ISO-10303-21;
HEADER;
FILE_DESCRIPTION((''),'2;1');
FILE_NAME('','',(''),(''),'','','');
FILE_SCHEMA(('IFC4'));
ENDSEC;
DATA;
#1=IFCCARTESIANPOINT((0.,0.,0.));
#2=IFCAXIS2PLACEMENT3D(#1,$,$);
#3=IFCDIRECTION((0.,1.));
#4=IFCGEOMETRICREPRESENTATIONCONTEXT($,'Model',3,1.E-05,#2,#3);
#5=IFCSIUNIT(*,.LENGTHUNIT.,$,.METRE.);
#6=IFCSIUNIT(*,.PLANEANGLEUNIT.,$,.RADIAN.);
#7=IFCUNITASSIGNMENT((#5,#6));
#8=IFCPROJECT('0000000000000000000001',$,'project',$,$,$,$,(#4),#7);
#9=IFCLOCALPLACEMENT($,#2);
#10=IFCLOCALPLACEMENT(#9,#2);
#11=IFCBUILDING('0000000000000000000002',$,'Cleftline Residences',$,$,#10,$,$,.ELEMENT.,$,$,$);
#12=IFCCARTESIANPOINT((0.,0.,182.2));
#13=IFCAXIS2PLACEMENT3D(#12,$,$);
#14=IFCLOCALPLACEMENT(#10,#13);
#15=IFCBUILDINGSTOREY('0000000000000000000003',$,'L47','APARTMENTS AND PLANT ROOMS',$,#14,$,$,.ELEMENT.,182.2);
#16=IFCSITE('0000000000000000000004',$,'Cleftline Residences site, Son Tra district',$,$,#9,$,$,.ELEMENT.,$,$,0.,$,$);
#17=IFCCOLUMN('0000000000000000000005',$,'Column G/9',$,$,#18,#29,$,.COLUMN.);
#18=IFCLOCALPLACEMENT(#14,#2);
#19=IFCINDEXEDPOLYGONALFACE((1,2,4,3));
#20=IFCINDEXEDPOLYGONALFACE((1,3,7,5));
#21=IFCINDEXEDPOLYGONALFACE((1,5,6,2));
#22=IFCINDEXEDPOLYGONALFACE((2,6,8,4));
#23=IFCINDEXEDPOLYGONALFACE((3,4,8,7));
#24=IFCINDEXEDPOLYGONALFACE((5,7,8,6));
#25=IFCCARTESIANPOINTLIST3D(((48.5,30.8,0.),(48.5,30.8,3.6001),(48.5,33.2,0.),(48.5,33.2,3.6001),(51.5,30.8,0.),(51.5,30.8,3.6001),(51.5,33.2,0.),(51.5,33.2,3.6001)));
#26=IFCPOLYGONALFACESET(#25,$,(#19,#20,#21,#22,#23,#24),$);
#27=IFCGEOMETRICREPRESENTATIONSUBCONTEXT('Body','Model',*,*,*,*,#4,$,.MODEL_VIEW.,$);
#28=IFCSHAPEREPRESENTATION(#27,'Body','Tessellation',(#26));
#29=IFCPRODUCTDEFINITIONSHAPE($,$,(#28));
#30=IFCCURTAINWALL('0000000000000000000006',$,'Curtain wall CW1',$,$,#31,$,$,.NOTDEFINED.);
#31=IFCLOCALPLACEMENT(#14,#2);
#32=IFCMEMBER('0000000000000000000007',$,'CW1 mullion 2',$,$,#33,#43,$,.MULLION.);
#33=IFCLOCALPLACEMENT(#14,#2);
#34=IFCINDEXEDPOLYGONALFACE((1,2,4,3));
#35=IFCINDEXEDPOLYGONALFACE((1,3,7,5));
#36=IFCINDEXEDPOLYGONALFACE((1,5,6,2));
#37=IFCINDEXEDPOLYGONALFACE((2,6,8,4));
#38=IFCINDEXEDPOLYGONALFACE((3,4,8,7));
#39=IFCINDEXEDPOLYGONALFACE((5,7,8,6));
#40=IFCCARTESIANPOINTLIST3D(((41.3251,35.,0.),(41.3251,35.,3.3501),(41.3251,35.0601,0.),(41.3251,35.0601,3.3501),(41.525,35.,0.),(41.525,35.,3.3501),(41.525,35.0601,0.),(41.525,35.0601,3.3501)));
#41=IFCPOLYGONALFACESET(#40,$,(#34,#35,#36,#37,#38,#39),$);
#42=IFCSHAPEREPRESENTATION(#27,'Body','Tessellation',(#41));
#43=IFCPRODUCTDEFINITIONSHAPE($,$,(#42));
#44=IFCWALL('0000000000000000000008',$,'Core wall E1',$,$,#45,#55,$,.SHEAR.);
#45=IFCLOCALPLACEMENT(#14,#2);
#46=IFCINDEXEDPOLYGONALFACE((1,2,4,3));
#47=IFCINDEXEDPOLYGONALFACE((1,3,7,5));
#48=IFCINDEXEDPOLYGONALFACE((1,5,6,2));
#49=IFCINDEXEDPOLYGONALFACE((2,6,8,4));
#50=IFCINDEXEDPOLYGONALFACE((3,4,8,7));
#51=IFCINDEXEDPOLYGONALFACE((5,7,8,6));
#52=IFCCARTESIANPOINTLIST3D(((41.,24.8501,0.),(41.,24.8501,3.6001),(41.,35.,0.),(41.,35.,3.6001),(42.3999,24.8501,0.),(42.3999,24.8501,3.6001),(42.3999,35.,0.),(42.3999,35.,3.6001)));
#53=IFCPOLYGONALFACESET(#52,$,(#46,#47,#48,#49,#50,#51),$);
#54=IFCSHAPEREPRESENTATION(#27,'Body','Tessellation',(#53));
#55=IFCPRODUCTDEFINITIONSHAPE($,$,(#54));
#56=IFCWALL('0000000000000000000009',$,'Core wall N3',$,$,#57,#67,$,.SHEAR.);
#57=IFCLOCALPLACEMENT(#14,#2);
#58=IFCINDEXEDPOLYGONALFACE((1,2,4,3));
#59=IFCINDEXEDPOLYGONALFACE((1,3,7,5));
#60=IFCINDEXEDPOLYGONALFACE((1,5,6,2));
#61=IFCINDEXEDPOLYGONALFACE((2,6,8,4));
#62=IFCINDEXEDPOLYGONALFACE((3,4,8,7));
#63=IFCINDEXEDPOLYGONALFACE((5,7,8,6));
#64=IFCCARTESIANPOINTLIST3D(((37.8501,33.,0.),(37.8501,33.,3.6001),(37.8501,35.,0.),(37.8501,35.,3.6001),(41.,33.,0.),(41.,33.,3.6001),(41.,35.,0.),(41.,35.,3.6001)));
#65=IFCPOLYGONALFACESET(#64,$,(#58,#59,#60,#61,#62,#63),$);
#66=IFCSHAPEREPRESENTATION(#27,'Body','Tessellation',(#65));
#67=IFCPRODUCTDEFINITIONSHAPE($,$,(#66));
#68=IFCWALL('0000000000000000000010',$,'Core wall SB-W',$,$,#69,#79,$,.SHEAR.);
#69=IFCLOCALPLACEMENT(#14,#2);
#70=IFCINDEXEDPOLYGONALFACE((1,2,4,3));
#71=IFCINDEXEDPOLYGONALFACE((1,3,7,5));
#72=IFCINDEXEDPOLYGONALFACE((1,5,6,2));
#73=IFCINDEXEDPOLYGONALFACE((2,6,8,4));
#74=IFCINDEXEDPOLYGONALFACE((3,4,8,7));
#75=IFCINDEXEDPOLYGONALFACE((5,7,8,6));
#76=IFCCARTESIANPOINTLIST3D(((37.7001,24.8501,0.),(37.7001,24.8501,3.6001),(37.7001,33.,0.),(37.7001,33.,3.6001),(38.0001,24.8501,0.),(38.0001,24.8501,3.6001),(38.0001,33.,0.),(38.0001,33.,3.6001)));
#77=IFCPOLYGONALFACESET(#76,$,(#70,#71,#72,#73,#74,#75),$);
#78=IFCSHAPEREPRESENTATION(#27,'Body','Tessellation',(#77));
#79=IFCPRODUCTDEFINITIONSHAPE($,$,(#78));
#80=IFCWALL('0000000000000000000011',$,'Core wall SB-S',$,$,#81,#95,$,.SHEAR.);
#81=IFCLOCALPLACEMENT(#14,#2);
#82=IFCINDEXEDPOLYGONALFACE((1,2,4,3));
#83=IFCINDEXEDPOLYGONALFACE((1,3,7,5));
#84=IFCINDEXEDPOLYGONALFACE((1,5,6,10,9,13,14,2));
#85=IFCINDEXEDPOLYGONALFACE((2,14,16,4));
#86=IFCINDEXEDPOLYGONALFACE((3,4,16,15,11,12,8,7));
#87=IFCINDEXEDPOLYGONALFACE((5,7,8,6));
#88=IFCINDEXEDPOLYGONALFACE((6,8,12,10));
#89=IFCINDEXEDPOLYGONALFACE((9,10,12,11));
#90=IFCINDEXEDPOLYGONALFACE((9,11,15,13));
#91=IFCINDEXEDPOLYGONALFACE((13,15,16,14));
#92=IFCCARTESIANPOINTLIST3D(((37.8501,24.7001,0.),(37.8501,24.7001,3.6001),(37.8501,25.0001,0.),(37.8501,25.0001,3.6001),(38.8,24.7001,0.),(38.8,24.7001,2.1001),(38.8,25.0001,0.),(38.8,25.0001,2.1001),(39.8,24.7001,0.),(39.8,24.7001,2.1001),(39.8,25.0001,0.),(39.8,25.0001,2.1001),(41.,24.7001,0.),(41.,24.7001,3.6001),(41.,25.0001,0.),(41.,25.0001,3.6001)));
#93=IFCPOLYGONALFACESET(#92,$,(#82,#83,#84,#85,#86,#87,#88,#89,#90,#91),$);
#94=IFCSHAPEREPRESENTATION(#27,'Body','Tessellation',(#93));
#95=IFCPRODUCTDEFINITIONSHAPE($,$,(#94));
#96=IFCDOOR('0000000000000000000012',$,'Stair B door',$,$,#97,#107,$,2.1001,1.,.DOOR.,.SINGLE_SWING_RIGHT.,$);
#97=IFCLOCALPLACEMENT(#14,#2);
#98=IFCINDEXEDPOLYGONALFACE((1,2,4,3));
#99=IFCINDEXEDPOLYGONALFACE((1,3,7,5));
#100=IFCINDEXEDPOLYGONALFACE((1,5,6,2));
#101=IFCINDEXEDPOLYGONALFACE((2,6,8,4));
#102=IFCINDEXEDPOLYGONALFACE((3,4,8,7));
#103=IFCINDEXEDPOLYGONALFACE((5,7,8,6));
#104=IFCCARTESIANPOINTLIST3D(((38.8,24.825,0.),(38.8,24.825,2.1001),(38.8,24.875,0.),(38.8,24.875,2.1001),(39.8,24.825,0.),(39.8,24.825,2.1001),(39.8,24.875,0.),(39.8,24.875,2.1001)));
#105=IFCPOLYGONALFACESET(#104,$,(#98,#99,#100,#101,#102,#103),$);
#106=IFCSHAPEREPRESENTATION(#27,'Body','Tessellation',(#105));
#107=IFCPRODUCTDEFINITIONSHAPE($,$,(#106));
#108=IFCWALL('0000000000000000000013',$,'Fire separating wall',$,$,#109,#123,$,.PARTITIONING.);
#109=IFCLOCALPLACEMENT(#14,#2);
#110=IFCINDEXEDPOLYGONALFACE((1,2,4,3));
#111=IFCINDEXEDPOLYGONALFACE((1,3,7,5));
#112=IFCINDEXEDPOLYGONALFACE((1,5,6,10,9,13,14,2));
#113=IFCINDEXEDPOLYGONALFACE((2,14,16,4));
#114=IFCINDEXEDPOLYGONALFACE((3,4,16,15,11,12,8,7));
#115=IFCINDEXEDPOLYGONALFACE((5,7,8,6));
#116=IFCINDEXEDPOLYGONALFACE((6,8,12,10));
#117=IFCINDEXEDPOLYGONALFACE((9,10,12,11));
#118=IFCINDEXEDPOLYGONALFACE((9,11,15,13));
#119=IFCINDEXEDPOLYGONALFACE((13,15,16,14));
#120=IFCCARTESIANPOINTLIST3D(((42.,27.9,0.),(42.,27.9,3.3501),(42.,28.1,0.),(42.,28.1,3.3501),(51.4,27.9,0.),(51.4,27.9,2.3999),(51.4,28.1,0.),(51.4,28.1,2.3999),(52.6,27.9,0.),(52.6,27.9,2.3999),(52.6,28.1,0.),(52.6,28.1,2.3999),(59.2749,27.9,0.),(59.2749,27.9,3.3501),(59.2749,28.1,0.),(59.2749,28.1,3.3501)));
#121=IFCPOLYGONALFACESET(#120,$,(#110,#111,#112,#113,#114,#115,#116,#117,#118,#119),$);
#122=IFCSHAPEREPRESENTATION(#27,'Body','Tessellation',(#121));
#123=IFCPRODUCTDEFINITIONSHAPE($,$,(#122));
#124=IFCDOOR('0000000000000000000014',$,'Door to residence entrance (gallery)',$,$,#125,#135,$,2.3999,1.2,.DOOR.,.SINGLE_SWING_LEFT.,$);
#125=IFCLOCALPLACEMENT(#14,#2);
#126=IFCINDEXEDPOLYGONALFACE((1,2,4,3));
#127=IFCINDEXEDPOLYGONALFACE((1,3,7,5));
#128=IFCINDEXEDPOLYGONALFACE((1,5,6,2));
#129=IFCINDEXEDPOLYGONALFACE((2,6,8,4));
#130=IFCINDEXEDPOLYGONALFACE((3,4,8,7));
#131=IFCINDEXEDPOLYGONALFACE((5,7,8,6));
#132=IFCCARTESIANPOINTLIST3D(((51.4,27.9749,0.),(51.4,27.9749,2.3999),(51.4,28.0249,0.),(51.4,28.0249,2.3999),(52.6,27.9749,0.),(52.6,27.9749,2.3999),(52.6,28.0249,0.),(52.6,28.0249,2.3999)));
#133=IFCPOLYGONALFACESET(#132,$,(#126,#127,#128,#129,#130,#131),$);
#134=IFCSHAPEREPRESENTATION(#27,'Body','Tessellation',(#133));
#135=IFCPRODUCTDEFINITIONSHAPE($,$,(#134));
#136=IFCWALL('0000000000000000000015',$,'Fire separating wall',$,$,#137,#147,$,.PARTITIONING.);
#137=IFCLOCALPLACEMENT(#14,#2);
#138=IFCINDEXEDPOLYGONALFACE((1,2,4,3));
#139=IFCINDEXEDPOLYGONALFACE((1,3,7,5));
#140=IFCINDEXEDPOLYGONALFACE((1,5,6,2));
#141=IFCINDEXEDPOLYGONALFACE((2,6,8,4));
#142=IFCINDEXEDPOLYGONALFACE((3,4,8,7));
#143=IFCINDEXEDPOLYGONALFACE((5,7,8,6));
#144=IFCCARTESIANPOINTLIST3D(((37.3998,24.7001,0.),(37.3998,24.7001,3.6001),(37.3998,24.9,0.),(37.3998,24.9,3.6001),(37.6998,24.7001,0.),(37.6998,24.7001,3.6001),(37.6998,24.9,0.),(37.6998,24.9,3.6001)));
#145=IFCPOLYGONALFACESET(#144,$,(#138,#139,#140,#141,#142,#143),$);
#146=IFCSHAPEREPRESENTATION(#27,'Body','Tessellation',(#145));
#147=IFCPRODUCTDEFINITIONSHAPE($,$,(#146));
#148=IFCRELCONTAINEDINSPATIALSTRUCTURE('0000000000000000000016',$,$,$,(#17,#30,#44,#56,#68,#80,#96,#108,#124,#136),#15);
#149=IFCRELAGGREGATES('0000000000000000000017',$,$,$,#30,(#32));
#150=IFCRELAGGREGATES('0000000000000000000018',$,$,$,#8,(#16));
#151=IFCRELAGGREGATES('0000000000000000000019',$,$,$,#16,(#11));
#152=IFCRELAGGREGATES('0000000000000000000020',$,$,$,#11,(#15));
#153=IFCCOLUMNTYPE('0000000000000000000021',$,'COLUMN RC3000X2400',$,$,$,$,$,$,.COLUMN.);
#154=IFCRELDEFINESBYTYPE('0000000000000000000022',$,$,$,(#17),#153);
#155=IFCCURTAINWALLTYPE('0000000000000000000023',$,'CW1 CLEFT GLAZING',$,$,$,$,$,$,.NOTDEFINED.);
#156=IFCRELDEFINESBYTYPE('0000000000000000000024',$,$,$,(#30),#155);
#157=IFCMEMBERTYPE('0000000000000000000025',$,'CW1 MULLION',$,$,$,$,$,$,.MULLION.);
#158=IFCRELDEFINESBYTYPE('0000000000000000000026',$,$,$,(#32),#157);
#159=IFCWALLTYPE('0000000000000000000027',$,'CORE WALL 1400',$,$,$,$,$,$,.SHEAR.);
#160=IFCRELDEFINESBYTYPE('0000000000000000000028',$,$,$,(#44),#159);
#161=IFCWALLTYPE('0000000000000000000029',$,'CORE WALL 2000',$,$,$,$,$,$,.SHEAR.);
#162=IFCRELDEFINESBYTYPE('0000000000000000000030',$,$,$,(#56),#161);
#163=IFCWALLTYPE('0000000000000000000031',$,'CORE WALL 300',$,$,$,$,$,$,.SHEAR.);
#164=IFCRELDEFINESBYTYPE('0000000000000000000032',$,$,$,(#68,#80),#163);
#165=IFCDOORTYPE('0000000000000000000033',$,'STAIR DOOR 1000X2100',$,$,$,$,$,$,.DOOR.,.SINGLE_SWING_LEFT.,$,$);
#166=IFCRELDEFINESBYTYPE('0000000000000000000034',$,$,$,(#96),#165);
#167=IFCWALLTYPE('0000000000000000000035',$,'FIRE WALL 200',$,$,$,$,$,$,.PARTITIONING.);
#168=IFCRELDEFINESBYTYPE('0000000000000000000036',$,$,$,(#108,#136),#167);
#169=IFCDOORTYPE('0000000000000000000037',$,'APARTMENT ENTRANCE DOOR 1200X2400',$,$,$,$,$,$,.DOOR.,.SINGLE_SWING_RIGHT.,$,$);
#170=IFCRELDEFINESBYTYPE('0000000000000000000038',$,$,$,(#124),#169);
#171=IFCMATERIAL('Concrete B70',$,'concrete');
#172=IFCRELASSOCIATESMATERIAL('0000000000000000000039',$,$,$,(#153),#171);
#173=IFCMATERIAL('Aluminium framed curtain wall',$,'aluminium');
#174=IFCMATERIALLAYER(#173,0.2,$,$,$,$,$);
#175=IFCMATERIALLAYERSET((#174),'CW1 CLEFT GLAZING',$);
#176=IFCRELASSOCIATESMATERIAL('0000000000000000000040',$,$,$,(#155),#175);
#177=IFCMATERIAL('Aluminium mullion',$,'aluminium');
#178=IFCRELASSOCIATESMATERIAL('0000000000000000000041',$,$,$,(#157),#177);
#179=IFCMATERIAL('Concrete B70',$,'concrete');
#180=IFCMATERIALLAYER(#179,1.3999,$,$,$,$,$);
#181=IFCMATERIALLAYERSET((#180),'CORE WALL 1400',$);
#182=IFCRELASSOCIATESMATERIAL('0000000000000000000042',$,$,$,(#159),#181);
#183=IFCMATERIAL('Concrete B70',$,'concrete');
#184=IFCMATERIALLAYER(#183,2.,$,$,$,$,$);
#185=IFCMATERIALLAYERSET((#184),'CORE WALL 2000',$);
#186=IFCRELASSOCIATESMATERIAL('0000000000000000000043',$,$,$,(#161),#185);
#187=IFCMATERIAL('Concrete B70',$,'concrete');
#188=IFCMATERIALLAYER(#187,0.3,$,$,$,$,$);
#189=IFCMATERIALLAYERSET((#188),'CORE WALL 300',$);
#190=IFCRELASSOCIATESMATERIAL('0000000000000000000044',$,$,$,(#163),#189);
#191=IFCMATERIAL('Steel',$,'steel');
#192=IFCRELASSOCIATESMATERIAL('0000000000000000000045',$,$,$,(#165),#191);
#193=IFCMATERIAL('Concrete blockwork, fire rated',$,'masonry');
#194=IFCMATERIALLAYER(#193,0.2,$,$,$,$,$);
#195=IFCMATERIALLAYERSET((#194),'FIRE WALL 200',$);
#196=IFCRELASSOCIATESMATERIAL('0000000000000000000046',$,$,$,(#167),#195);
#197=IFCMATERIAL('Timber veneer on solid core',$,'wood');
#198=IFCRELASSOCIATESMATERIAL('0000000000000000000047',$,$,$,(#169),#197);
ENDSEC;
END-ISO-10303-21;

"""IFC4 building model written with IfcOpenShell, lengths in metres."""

from ifc_helpers import new_model, si_unit, direction, frame, frame_2d, origin, origin_2d, place, context, subcontext, project, spatial, rectangle, extrude, material, layer, layer_set, material_profile, profile_set, type_object, element, fill, aggregate, save


model = new_model("IFC4")

# Units and contexts
model_context = context("Model", 3, precision=1e-05, world=origin(), true_north=direction((0.0, 1.0)))
body_context = subcontext(model_context, "Body", "Model", "MODEL_VIEW")
ifc_project = project(units=[si_unit("LENGTHUNIT", "METRE"), si_unit("PLANEANGLEUNIT", "RADIAN")], contexts=[model_context])

# Site, building, storey
site_placement = place(None, origin())
site = spatial("IfcSite", under=ifc_project, at=site_placement, Name="Cleftline Residences site, Son Tra district", CompositionType="ELEMENT", RefElevation=0.0)
building_placement = place(site_placement, origin())
building = spatial("IfcBuilding", under=site, at=building_placement, Name="Cleftline Residences", CompositionType="ELEMENT")
storey_placement = place(building_placement, frame((0.0, 0.0, 182.2)))
storey = spatial("IfcBuildingStorey", under=building, at=storey_placement, Name="L47", Description="APARTMENTS AND PLANT ROOMS", CompositionType="ELEMENT", Elevation=182.2)

# Column
ifc_material_1 = material(Name="Concrete B70", Category="concrete")
ifc_material_profile_1 = material_profile(ifc_material_1, rectangle(XDim=3.0, YDim=2.3999, at=origin_2d()))
ifc_profile_set_1 = profile_set([ifc_material_profile_1], Name="Concrete B70")
column_type = type_object("IfcColumnType", Name="COLUMN RC3000X2400", PredefinedType="COLUMN", material=ifc_profile_set_1)
column_placement = place(storey_placement, frame((50.0, 32.0, 0.0), z_axis=(0.0, 0.0, 1.0), x_axis=(1.0, 0.0, 0.0)))
element("IfcColumn", 1, at=column_placement, inside=storey, type_object=column_type, Name="Column G/9", PredefinedType="COLUMN", context=body_context, shape_type="SweptSolid", body=[
    extrude(rectangle(XDim=3.0, YDim=2.3999, at=origin_2d()), origin(), (0.0, 0.0, 1.0), 3.6001),
])

# Curtain wall, member
ifc_material_2 = material(Name="Aluminium framed curtain wall", Category="aluminium")
ifc_layer_1 = layer(ifc_material_2, 0.2)
ifc_layer_set_1 = layer_set([ifc_layer_1], Name="CW1 CLEFT GLAZING")
curtain_wall_type = type_object("IfcCurtainWallType", Name="CW1 CLEFT GLAZING", PredefinedType="NOTDEFINED", material=ifc_layer_set_1)
curtain_wall_placement = place(storey_placement, origin())
curtain_wall = element("IfcCurtainWall", 2, at=curtain_wall_placement, inside=storey, type_object=curtain_wall_type, Name="Curtain wall CW1", PredefinedType="NOTDEFINED")
ifc_material_3 = material(Name="Aluminium mullion", Category="aluminium")
ifc_material_profile_2 = material_profile(ifc_material_3, rectangle(XDim=0.2, YDim=0.0601, at=origin_2d()))
ifc_profile_set_2 = profile_set([ifc_material_profile_2], Name="Aluminium mullion")
member_type = type_object("IfcMemberType", Name="CW1 MULLION", PredefinedType="MULLION", material=ifc_profile_set_2)
member_placement = place(storey_placement, frame((41.425, 35.03, 0.0), z_axis=(0.0, 0.0, 1.0), x_axis=(1.0, 0.0, 0.0)))
member = element("IfcMember", 3, at=member_placement, type_object=member_type, Name="CW1 mullion 2", PredefinedType="MULLION", context=body_context, shape_type="SweptSolid", body=[
    extrude(rectangle(XDim=0.2, YDim=0.0601, at=origin_2d()), origin(), (0.0, 0.0, 1.0), 3.3501),
])
aggregate(curtain_wall, [member])

# Walls
ifc_material_4 = material(Name="Concrete B70", Category="concrete")
ifc_layer_2 = layer(ifc_material_4, 1.3999)
ifc_layer_set_2 = layer_set([ifc_layer_2], Name="CORE WALL 1400")
wall_type_1 = type_object("IfcWallType", Name="CORE WALL 1400", PredefinedType="SHEAR", material=ifc_layer_set_2)
wall_1_placement = place(storey_placement, frame((41.7, 24.8501, 0.0), z_axis=(0.0, 0.0, 1.0), x_axis=(0.0, 1.0, 0.0)))
element("IfcWall", 4, at=wall_1_placement, inside=storey, type_object=wall_type_1, Name="Core wall E1", PredefinedType="SHEAR", context=body_context, shape_type="SweptSolid", body=[
    extrude(rectangle(XDim=10.1499, YDim=1.3999, at=frame_2d((5.075, 0.0))), origin(), (0.0, 0.0, 1.0), 3.6001),
])
ifc_material_5 = material(Name="Concrete B70", Category="concrete")
ifc_layer_3 = layer(ifc_material_5, 2.0)
ifc_layer_set_3 = layer_set([ifc_layer_3], Name="CORE WALL 2000")
wall_type_2 = type_object("IfcWallType", Name="CORE WALL 2000", PredefinedType="SHEAR", material=ifc_layer_set_3)
wall_2_placement = place(storey_placement, frame((37.8501, 34.0, 0.0), z_axis=(0.0, 0.0, 1.0), x_axis=(1.0, 0.0, 0.0)))
element("IfcWall", 5, at=wall_2_placement, inside=storey, type_object=wall_type_2, Name="Core wall N3", PredefinedType="SHEAR", context=body_context, shape_type="SweptSolid", body=[
    extrude(rectangle(XDim=3.1499, YDim=2.0, at=frame_2d((1.575, 0.0))), origin(), (0.0, 0.0, 1.0), 3.6001),
])
ifc_material_6 = material(Name="Concrete B70", Category="concrete")
ifc_layer_4 = layer(ifc_material_6, 0.3)
ifc_layer_set_4 = layer_set([ifc_layer_4], Name="CORE WALL 300")
wall_type_3 = type_object("IfcWallType", Name="CORE WALL 300", PredefinedType="SHEAR", material=ifc_layer_set_4)
wall_3_placement = place(storey_placement, frame((37.8501, 24.8501, 0.0), z_axis=(0.0, 0.0, 1.0), x_axis=(0.0, 1.0, 0.0)))
element("IfcWall", 6, at=wall_3_placement, inside=storey, type_object=wall_type_3, Name="Core wall SB-W", PredefinedType="SHEAR", context=body_context, shape_type="SweptSolid", body=[
    extrude(rectangle(XDim=8.1499, YDim=0.3, at=frame_2d((4.075, 0.0))), origin(), (0.0, 0.0, 1.0), 3.6001),
])

# Walls, openings, doors
wall_4_placement = place(storey_placement, frame((37.8501, 24.8501, 0.0), z_axis=(0.0, 0.0, 1.0), x_axis=(1.0, 0.0, 0.0)))
wall_4 = element("IfcWall", 7, at=wall_4_placement, inside=storey, type_object=wall_type_3, Name="Core wall SB-S", PredefinedType="SHEAR", context=body_context, shape_type="SweptSolid", body=[
    extrude(rectangle(XDim=3.1499, YDim=0.3, at=frame_2d((1.575, 0.0))), origin(), (0.0, 0.0, 1.0), 3.6001),
])
opening_1_placement = place(wall_4_placement, frame((0.95, 0.0, 0.0)))
opening_1 = element("IfcOpeningElement", 8, at=opening_1_placement, cuts=wall_4, PredefinedType="OPENING", context=body_context, shape_type="SweptSolid", body=[
    extrude(rectangle(XDim=1.0, YDim=2.1001, at=frame_2d((0.5, 1.05))), frame((0.0, 0.1599, 0.0), z_axis=(0.0, -1.0, 0.0), x_axis=(1.0, 0.0, 0.0)), (0.0, 0.0, 1.0), 0.3201),
])
ifc_material_7 = material(Name="Steel", Category="steel")
door_type_1 = type_object("IfcDoorType", Name="STAIR DOOR 1000X2100", OperationType="SINGLE_SWING_LEFT", PredefinedType="DOOR", material=ifc_material_7)
door_1_placement = place(opening_1_placement, origin())
door_1 = element("IfcDoor", 9, at=door_1_placement, inside=storey, type_object=door_type_1, Name="Stair B door", OperationType="SINGLE_SWING_RIGHT", OverallHeight=2.1001, OverallWidth=1.0, PredefinedType="DOOR", context=body_context, shape_type="SweptSolid", body=[
    extrude(rectangle(XDim=1.0, YDim=2.1001, at=frame_2d((0.5, 1.05))), frame((0.0, 0.0249, 0.0), z_axis=(0.0, -1.0, 0.0), x_axis=(1.0, 0.0, 0.0)), (0.0, 0.0, 1.0), 0.05),
])
fill(opening_1, door_1)
ifc_material_8 = material(Name="Concrete blockwork, fire rated", Category="masonry")
ifc_layer_5 = layer(ifc_material_8, 0.2)
ifc_layer_set_5 = layer_set([ifc_layer_5], Name="FIRE WALL 200")
wall_type_4 = type_object("IfcWallType", Name="FIRE WALL 200", PredefinedType="PARTITIONING", material=ifc_layer_set_5)
wall_5_placement = place(storey_placement, frame((42.0, 28.0, 0.0), z_axis=(0.0, 0.0, 1.0), x_axis=(1.0, 0.0, 0.0)))
wall_5 = element("IfcWall", 10, at=wall_5_placement, inside=storey, type_object=wall_type_4, Name="Fire separating wall", PredefinedType="PARTITIONING", context=body_context, shape_type="SweptSolid", body=[
    extrude(rectangle(XDim=17.2749, YDim=0.2, at=frame_2d((8.6375, 0.0))), origin(), (0.0, 0.0, 1.0), 3.3501),
])
opening_2_placement = place(wall_5_placement, frame((9.3999, 0.0, 0.0)))
opening_2 = element("IfcOpeningElement", 11, at=opening_2_placement, cuts=wall_5, PredefinedType="OPENING", context=body_context, shape_type="SweptSolid", body=[
    extrude(rectangle(XDim=1.2, YDim=2.3999, at=frame_2d((0.6001, 1.2))), frame((0.0, 0.1099, 0.0), z_axis=(0.0, -1.0, 0.0), x_axis=(1.0, 0.0, 0.0)), (0.0, 0.0, 1.0), 0.22),
])
ifc_material_9 = material(Name="Timber veneer on solid core", Category="wood")
door_type_2 = type_object("IfcDoorType", Name="APARTMENT ENTRANCE DOOR 1200X2400", OperationType="SINGLE_SWING_RIGHT", PredefinedType="DOOR", material=ifc_material_9)
door_2_placement = place(opening_2_placement, origin())
door_2 = element("IfcDoor", 12, at=door_2_placement, inside=storey, type_object=door_type_2, Name="Door to residence entrance (gallery)", OperationType="SINGLE_SWING_LEFT", OverallHeight=2.3999, OverallWidth=1.2, PredefinedType="DOOR", context=body_context, shape_type="SweptSolid", body=[
    extrude(rectangle(XDim=1.2, YDim=2.3999, at=frame_2d((0.6001, 1.2))), frame((0.0, 0.0249, 0.0), z_axis=(0.0, -1.0, 0.0), x_axis=(1.0, 0.0, 0.0)), (0.0, 0.0, 1.0), 0.05),
])
fill(opening_2, door_2)

# Wall
wall_6_placement = place(storey_placement, frame((37.3999, 24.8, 0.0), z_axis=(0.0, 0.0, 1.0), x_axis=(1.0, 0.0, 0.0)))
element("IfcWall", 13, at=wall_6_placement, inside=storey, type_object=wall_type_4, Name="Fire separating wall", PredefinedType="PARTITIONING", context=body_context, shape_type="SweptSolid", body=[
    extrude(rectangle(XDim=0.3, YDim=0.2, at=frame_2d((0.1499, 0.0))), origin(), (0.0, 0.0, 1.0), 3.6001),
])

save(model, "model.ifc")
